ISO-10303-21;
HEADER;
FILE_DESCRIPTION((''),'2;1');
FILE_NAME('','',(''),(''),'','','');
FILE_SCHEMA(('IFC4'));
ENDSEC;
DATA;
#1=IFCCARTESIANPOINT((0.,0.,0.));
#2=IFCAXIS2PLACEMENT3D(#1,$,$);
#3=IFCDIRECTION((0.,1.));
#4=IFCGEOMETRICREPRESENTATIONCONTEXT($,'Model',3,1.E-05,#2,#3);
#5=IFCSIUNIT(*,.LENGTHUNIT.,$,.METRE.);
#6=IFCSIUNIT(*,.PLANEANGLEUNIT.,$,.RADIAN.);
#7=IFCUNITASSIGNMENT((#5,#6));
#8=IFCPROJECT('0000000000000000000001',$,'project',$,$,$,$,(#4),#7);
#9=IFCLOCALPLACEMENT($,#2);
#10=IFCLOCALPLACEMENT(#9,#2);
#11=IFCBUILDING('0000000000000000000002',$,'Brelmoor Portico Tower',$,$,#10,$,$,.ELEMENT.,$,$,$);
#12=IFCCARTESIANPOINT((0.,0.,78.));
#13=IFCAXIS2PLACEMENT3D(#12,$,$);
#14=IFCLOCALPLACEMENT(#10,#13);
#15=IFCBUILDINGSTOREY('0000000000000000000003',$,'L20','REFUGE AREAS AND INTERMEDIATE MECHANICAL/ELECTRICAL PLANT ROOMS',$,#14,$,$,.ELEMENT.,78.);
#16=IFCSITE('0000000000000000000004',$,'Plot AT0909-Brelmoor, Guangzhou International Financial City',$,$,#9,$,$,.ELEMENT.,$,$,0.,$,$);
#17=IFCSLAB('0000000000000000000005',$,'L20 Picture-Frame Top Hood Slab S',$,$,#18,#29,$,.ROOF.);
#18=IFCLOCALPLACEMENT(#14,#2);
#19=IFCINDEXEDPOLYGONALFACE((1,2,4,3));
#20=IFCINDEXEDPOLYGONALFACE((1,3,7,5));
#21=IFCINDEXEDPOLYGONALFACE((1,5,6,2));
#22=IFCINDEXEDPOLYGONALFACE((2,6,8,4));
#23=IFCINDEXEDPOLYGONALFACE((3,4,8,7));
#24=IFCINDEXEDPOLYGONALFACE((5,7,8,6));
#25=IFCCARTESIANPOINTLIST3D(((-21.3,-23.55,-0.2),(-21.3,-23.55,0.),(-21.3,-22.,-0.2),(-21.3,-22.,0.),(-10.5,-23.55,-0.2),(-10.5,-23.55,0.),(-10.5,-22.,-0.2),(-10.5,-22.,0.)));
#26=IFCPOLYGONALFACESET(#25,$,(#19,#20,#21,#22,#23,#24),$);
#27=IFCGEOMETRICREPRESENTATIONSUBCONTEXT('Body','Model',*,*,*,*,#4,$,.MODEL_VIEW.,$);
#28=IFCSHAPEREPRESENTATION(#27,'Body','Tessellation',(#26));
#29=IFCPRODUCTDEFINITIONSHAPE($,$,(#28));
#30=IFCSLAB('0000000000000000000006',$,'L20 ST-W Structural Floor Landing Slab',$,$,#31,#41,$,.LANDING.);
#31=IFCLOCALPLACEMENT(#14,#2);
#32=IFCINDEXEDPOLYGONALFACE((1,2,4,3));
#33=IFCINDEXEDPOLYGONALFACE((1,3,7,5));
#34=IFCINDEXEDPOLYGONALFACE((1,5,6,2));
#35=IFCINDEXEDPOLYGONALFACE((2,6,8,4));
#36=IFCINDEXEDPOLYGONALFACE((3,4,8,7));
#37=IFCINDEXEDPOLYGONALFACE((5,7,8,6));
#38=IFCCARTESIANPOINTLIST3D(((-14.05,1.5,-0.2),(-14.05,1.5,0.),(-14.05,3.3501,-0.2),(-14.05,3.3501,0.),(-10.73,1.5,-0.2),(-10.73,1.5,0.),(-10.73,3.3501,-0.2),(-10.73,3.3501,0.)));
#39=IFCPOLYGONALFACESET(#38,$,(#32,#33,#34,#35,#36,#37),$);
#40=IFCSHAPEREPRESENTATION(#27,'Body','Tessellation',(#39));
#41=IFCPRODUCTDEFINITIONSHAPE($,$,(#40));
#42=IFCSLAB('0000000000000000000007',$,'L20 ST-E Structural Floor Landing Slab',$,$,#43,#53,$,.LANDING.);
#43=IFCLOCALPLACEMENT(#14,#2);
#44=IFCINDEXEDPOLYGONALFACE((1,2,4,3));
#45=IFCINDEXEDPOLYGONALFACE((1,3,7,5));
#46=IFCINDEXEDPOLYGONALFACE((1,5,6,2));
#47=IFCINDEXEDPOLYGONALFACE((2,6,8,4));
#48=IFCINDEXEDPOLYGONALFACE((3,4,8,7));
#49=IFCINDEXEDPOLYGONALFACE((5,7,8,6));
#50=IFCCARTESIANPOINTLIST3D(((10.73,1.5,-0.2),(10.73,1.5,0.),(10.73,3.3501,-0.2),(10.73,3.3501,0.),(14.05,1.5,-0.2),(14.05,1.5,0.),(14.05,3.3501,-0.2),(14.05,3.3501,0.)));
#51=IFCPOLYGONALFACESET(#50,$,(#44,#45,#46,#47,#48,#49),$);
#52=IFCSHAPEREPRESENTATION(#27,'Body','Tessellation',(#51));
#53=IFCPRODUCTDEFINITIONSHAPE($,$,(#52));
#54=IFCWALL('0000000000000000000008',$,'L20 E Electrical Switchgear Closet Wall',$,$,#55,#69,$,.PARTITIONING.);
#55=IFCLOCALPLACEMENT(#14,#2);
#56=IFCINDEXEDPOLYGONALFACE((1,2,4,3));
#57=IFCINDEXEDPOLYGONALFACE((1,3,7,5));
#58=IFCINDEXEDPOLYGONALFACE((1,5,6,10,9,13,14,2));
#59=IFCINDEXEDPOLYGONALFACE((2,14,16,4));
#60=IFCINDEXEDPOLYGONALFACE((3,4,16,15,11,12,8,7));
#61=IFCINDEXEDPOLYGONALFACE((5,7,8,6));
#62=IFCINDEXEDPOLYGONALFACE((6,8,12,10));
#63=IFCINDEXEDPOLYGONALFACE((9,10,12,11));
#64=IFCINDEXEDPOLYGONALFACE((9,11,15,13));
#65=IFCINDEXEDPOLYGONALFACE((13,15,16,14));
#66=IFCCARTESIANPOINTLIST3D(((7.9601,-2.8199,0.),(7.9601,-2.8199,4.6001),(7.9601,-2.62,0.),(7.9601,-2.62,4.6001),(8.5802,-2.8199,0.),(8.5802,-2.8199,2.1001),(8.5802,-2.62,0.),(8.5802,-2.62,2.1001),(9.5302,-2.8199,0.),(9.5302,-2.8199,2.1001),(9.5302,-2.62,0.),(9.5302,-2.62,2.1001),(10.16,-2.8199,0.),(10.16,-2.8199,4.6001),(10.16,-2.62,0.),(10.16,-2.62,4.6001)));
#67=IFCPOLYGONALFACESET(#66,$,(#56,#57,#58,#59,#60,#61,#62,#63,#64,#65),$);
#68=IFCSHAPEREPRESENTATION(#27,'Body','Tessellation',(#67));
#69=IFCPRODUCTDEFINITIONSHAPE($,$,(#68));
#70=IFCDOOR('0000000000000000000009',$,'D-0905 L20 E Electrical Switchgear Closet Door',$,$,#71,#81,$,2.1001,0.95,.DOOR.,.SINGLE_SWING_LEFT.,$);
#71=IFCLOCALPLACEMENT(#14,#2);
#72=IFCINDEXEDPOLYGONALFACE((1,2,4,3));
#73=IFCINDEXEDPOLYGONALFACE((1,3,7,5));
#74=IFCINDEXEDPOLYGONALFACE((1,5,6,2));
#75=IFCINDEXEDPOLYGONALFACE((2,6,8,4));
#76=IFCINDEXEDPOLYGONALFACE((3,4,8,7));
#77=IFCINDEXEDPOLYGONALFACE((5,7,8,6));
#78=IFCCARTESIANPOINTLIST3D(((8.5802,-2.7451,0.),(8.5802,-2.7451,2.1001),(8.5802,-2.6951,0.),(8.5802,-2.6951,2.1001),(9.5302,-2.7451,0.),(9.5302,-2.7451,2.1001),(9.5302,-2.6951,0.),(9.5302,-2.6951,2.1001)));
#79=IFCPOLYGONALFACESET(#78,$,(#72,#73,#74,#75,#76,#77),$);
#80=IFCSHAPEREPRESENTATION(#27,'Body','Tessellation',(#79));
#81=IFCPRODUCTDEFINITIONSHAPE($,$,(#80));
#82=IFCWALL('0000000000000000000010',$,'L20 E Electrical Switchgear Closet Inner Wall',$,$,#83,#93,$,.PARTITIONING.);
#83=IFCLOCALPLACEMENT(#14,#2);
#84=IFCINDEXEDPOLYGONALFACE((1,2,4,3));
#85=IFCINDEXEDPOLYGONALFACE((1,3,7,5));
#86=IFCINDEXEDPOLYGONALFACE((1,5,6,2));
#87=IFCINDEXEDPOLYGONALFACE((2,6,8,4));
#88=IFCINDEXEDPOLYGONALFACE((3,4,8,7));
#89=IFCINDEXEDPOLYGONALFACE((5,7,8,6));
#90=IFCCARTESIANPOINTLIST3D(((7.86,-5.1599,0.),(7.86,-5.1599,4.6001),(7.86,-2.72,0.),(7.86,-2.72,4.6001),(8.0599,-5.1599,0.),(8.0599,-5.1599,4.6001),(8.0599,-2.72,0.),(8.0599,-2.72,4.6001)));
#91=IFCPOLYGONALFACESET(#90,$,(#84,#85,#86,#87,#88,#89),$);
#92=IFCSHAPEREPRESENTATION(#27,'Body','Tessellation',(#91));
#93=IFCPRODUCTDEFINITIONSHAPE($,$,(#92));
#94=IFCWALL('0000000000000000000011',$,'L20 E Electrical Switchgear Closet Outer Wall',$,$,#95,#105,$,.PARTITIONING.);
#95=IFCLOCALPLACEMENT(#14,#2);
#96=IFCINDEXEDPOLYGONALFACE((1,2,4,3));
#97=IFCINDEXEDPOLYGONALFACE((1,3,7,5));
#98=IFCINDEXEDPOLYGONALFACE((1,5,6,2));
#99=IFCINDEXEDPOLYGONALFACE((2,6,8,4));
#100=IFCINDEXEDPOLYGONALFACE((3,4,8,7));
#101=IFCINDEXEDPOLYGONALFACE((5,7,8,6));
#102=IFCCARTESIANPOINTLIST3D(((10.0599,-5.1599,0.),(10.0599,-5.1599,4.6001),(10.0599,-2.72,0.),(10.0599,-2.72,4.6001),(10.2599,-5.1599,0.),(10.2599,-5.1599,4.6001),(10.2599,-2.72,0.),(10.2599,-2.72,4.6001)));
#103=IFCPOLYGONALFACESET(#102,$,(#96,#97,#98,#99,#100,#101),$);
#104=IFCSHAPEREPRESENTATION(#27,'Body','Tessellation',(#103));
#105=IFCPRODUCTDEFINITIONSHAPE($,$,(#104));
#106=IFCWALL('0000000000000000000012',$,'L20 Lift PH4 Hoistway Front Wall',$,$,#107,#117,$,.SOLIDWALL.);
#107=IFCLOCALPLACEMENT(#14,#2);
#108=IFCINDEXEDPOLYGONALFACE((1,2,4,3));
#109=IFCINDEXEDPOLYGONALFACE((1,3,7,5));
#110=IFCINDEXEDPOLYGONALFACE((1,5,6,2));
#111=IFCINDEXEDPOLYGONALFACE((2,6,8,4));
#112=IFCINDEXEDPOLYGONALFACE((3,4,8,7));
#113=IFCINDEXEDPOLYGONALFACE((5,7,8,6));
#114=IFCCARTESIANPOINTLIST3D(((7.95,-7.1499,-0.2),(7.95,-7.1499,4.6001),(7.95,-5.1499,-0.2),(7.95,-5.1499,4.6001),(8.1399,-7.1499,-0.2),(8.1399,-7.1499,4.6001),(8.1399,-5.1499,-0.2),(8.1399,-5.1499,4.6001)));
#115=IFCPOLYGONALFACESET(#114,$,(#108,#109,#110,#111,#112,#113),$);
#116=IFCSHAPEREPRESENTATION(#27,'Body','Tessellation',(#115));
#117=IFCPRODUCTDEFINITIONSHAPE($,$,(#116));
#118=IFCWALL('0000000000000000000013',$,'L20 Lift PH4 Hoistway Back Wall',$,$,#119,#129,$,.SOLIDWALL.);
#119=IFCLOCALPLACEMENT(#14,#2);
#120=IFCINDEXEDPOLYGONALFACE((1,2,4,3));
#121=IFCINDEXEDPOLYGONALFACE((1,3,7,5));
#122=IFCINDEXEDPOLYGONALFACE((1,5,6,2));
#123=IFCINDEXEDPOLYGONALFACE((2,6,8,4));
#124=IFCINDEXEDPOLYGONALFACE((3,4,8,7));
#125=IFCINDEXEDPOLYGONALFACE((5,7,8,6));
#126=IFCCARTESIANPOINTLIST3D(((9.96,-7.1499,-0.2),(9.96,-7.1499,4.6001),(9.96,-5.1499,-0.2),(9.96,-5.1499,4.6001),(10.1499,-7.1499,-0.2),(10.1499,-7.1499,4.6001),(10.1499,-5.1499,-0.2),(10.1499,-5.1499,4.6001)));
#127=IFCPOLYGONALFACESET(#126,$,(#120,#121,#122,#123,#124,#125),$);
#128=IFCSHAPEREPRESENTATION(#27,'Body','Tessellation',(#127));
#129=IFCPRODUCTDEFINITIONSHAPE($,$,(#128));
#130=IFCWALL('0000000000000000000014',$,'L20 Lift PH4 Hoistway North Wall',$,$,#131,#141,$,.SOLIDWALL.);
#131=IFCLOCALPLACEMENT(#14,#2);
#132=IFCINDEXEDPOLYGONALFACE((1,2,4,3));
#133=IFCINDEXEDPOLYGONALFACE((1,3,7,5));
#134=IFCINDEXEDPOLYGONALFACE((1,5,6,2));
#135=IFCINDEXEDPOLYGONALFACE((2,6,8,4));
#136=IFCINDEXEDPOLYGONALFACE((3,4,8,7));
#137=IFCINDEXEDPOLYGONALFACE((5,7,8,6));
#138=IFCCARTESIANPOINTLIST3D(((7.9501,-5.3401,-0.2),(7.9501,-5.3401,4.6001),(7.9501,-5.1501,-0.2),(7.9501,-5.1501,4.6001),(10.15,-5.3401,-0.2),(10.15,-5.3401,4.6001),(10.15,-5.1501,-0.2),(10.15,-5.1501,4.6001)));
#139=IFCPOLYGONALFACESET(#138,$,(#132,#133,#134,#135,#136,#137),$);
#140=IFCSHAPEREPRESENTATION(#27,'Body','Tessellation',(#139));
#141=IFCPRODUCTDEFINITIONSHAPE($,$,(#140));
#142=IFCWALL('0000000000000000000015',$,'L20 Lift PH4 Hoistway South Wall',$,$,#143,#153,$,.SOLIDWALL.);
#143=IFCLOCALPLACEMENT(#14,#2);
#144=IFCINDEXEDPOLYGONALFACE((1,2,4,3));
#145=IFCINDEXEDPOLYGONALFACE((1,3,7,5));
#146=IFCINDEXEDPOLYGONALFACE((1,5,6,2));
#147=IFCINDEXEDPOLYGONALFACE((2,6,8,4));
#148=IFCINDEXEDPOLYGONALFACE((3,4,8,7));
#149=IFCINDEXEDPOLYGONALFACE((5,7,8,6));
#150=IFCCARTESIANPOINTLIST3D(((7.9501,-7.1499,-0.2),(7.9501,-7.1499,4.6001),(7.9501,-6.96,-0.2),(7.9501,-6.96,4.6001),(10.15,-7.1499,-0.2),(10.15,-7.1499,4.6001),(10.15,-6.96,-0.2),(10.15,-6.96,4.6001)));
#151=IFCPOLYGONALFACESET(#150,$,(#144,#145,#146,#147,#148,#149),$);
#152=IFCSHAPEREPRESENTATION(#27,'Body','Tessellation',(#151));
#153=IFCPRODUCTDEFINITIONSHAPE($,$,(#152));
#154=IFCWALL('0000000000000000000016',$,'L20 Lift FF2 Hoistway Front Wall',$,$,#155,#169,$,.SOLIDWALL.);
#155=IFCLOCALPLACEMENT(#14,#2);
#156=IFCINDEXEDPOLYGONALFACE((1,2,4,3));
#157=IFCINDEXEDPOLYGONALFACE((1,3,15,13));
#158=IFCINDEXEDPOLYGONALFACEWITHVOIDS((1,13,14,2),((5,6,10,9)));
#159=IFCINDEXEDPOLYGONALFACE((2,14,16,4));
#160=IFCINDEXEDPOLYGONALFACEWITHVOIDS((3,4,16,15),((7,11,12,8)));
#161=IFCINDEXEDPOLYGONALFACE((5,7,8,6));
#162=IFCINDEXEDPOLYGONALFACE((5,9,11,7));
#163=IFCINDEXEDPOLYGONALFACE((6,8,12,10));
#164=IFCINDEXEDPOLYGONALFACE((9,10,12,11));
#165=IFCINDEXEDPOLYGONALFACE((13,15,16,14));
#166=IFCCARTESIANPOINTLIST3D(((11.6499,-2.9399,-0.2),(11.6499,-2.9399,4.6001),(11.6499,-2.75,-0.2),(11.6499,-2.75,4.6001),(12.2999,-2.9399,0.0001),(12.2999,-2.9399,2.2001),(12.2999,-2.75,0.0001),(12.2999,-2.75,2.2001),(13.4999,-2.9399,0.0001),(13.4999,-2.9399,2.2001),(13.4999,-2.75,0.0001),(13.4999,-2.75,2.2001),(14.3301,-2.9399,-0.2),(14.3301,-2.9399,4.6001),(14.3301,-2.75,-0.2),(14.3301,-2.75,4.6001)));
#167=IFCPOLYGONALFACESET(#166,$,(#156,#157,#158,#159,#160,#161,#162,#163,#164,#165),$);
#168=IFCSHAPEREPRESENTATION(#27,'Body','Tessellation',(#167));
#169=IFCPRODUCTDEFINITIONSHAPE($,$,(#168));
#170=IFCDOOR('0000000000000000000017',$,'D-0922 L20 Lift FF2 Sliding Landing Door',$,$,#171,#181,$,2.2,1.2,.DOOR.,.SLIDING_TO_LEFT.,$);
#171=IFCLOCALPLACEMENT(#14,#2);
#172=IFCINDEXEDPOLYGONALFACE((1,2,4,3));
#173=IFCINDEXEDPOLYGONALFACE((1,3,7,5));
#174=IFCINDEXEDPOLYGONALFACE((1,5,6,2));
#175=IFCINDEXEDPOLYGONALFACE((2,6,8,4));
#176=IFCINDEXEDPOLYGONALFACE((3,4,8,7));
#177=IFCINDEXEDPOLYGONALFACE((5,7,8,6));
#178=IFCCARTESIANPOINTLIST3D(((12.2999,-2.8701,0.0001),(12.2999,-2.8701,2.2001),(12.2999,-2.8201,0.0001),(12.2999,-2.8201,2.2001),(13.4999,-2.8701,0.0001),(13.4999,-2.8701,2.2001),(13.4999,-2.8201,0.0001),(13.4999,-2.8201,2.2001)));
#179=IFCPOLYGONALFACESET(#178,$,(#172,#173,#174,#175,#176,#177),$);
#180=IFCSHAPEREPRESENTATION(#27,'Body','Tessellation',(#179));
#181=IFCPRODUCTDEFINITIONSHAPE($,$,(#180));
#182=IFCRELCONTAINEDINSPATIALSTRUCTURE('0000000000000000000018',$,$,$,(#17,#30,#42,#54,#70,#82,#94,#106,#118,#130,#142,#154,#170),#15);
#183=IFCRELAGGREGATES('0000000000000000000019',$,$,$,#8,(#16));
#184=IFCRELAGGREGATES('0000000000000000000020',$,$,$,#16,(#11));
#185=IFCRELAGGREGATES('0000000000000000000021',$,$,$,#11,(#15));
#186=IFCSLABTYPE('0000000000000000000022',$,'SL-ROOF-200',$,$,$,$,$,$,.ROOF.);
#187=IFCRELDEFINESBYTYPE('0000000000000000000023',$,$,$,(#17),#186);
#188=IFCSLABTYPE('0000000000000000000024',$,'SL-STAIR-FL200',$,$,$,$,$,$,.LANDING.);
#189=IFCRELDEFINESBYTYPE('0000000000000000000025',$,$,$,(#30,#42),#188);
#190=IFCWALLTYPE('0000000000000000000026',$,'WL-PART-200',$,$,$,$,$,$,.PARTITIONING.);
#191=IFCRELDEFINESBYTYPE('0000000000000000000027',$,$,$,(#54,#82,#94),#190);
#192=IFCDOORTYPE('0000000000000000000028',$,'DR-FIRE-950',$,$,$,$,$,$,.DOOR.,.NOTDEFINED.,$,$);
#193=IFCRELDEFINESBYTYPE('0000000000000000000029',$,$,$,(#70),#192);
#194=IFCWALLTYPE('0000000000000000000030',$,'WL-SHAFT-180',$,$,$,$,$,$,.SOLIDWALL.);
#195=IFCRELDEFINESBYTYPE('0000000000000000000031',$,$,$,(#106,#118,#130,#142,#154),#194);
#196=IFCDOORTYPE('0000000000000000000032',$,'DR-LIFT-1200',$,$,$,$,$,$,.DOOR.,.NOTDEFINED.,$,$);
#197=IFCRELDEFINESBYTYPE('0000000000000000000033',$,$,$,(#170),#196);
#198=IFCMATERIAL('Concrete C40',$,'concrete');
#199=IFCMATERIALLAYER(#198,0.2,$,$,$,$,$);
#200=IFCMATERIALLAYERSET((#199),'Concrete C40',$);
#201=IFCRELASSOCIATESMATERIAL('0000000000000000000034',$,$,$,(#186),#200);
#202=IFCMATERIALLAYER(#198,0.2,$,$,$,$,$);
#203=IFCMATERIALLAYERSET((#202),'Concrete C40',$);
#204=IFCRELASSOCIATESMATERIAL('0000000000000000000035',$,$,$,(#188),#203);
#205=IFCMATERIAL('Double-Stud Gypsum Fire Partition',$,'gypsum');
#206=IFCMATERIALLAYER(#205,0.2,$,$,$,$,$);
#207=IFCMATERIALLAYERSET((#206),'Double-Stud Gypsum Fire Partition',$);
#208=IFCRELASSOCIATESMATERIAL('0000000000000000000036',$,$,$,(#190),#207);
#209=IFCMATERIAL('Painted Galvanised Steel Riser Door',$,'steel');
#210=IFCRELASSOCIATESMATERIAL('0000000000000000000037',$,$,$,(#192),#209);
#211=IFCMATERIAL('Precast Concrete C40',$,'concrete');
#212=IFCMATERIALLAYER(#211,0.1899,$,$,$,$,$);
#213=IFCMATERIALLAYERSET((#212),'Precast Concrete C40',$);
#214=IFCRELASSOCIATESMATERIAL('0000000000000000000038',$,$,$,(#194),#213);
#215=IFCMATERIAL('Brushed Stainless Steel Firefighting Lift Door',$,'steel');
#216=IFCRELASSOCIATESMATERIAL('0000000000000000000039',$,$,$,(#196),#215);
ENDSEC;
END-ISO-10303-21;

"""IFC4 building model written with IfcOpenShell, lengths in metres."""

from ifc_helpers import new_model, si_unit, direction, frame, frame_2d, origin, place, context, subcontext, project, spatial, polyline, rectangle, outline, extrude, material, layer, layer_set, type_object, element, fill, save


model = new_model("IFC4")

# Units and contexts
model_context = context("Model", 3, precision=1e-05, world=origin(), true_north=direction((0.0, 1.0)))
body_context = subcontext(model_context, "Body", "Model", "MODEL_VIEW")
ifc_project = project(units=[si_unit("LENGTHUNIT", "METRE"), si_unit("PLANEANGLEUNIT", "RADIAN")], contexts=[model_context])

# Site, building, storey
site_placement = place(None, origin())
site = spatial("IfcSite", under=ifc_project, at=site_placement, Name="Plot AT0909-Brelmoor, Guangzhou International Financial City", CompositionType="ELEMENT", RefElevation=0.0)
building_placement = place(site_placement, origin())
building = spatial("IfcBuilding", under=site, at=building_placement, Name="Brelmoor Portico Tower", CompositionType="ELEMENT")
storey_placement = place(building_placement, frame((0.0, 0.0, 78.0)))
storey = spatial("IfcBuildingStorey", under=building, at=storey_placement, Name="L20", Description="REFUGE AREAS AND INTERMEDIATE MECHANICAL/ELECTRICAL PLANT ROOMS", CompositionType="ELEMENT", Elevation=78.0)

# Shared definitions
ifc_material_1 = material(Name="Concrete C40", Category="concrete")

# Slabs
ifc_layer_1 = layer(ifc_material_1, 0.2)
ifc_layer_set_1 = layer_set([ifc_layer_1], Name="Concrete C40")
slab_type_1 = type_object("IfcSlabType", Name="SL-ROOF-200", PredefinedType="ROOF", material=ifc_layer_set_1)
slab_1_placement = place(storey_placement, frame((0.0, 0.0, -0.2)))
element("IfcSlab", 1, at=slab_1_placement, inside=storey, type_object=slab_type_1, Name="L20 Picture-Frame Top Hood Slab S", PredefinedType="ROOF", context=body_context, shape_type="SweptSolid", body=[
    extrude(outline(polyline([(-21.3, -23.55), (-10.5, -23.55), (-10.5, -22.0), (-21.3, -22.0), (-21.3, -23.55)])), origin(), (0.0, 0.0, 1.0), 0.2),
])
ifc_layer_2 = layer(ifc_material_1, 0.2)
ifc_layer_set_2 = layer_set([ifc_layer_2], Name="Concrete C40")
slab_type_2 = type_object("IfcSlabType", Name="SL-STAIR-FL200", PredefinedType="LANDING", material=ifc_layer_set_2)
slab_2_placement = place(storey_placement, frame((0.0, 0.0, -0.2)))
element("IfcSlab", 2, at=slab_2_placement, inside=storey, type_object=slab_type_2, Name="L20 ST-W Structural Floor Landing Slab", PredefinedType="LANDING", context=body_context, shape_type="SweptSolid", body=[
    extrude(outline(polyline([(-10.73, 1.5), (-10.73, 3.3501), (-14.05, 3.3501), (-14.05, 1.5), (-10.73, 1.5)])), origin(), (0.0, 0.0, 1.0), 0.2),
])
slab_3_placement = place(storey_placement, frame((0.0, 0.0, -0.2)))
element("IfcSlab", 3, at=slab_3_placement, inside=storey, type_object=slab_type_2, Name="L20 ST-E Structural Floor Landing Slab", PredefinedType="LANDING", context=body_context, shape_type="SweptSolid", body=[
    extrude(outline(polyline([(14.05, 1.5), (14.05, 3.3501), (10.73, 3.3501), (10.73, 1.5), (14.05, 1.5)])), origin(), (0.0, 0.0, 1.0), 0.2),
])

# Wall, opening, door
ifc_material_2 = material(Name="Double-Stud Gypsum Fire Partition", Category="gypsum")
ifc_layer_3 = layer(ifc_material_2, 0.2)
ifc_layer_set_3 = layer_set([ifc_layer_3], Name="Double-Stud Gypsum Fire Partition")
wall_type_1 = type_object("IfcWallType", Name="WL-PART-200", PredefinedType="PARTITIONING", material=ifc_layer_set_3)
wall_1_placement = place(storey_placement, frame((7.96, -2.72, 0.0), z_axis=(0.0, 0.0, 1.0), x_axis=(1.0, 0.0, 0.0)))
wall_1 = element("IfcWall", 4, at=wall_1_placement, inside=storey, type_object=wall_type_1, Name="L20 E Electrical Switchgear Closet Wall", PredefinedType="PARTITIONING", context=body_context, shape_type="SweptSolid", body=[
    extrude(rectangle(XDim=2.2, YDim=0.2, at=frame_2d((1.1001, 0.0))), origin(), (0.0, 0.0, 1.0), 4.6001),
])
opening_1_placement = place(wall_1_placement, frame((0.6201, 0.0, 0.0)))
opening_1 = element("IfcOpeningElement", 5, at=opening_1_placement, cuts=wall_1, PredefinedType="OPENING", context=body_context, shape_type="SweptSolid", body=[
    extrude(rectangle(XDim=0.95, YDim=2.1001, at=frame_2d((0.4751, 1.05))), frame((0.0, 0.1099, 0.0), z_axis=(0.0, -1.0, 0.0), x_axis=(1.0, 0.0, 0.0)), (0.0, 0.0, 1.0), 0.22),
])
ifc_material_3 = material(Name="Painted Galvanised Steel Riser Door", Category="steel")
door_type_1 = type_object("IfcDoorType", Name="DR-FIRE-950", OperationType="NOTDEFINED", PredefinedType="DOOR", material=ifc_material_3)
door_1_placement = place(opening_1_placement, origin())
door_1 = element("IfcDoor", 6, at=door_1_placement, inside=storey, type_object=door_type_1, Name="D-0905 L20 E Electrical Switchgear Closet Door", OperationType="SINGLE_SWING_LEFT", OverallHeight=2.1001, OverallWidth=0.95, PredefinedType="DOOR", context=body_context, shape_type="SweptSolid", body=[
    extrude(rectangle(XDim=0.95, YDim=2.1001, at=frame_2d((0.4751, 1.05))), frame((0.0, 0.0249, 0.0), z_axis=(0.0, -1.0, 0.0), x_axis=(1.0, 0.0, 0.0)), (0.0, 0.0, 1.0), 0.05),
])
fill(opening_1, door_1)

# Walls
for number, where, z_axis, x_axis, name in (
    (7, (7.96, -5.1599, 0.0), (0.0, 0.0, 1.0), (0.0, 1.0, 0.0), "L20 E Electrical Switchgear Closet Inner Wall"),
    (8, (10.1599, -5.1599, 0.0), (0.0, 0.0, 1.0), (0.0, 1.0, 0.0), "L20 E Electrical Switchgear Closet Outer Wall"),
):
    element("IfcWall", number, at=place(storey_placement, frame(where, z_axis=z_axis, x_axis=x_axis)), inside=storey, type_object=wall_type_1, Name=name, PredefinedType="PARTITIONING", context=body_context, shape_type="SweptSolid", body=[
        extrude(rectangle(XDim=2.4399, YDim=0.2, at=frame_2d((1.22, 0.0))), origin(), (0.0, 0.0, 1.0), 4.6001),
    ])
ifc_material_4 = material(Name="Precast Concrete C40", Category="concrete")
ifc_layer_4 = layer(ifc_material_4, 0.1899)
ifc_layer_set_4 = layer_set([ifc_layer_4], Name="Precast Concrete C40")
wall_type_2 = type_object("IfcWallType", Name="WL-SHAFT-180", PredefinedType="SOLIDWALL", material=ifc_layer_set_4)
for number, where, z_axis, x_axis, name in (
    (9, (8.0449, -7.1499, -0.2), (0.0, 0.0, 1.0), (0.0, 1.0, 0.0), "L20 Lift PH4 Hoistway Front Wall"),
    (10, (10.0549, -7.1499, -0.2), (0.0, 0.0, 1.0), (0.0, 1.0, 0.0), "L20 Lift PH4 Hoistway Back Wall"),
):
    element("IfcWall", number, at=place(storey_placement, frame(where, z_axis=z_axis, x_axis=x_axis)), inside=storey, type_object=wall_type_2, Name=name, PredefinedType="SOLIDWALL", context=body_context, shape_type="SweptSolid", body=[
        extrude(rectangle(XDim=2.0, YDim=0.1899, at=frame_2d((1.0, 0.0))), origin(), (0.0, 0.0, 1.0), 4.8),
    ])
for number, where, z_axis, x_axis, name in (
    (11, (7.95, -5.2451, -0.2), (0.0, 0.0, 1.0), (1.0, 0.0, 0.0), "L20 Lift PH4 Hoistway North Wall"),
    (12, (7.95, -7.0549, -0.2), (0.0, 0.0, 1.0), (1.0, 0.0, 0.0), "L20 Lift PH4 Hoistway South Wall"),
):
    element("IfcWall", number, at=place(storey_placement, frame(where, z_axis=z_axis, x_axis=x_axis)), inside=storey, type_object=wall_type_2, Name=name, PredefinedType="SOLIDWALL", context=body_context, shape_type="SweptSolid", body=[
        extrude(rectangle(XDim=2.2, YDim=0.1899, at=frame_2d((1.1001, 0.0))), origin(), (0.0, 0.0, 1.0), 4.8),
    ])

# Wall, opening, door
wall_2_placement = place(storey_placement, frame((11.6499, -2.845, -0.2), z_axis=(0.0, 0.0, 1.0), x_axis=(1.0, 0.0, 0.0)))
wall_2 = element("IfcWall", 13, at=wall_2_placement, inside=storey, type_object=wall_type_2, Name="L20 Lift FF2 Hoistway Front Wall", PredefinedType="SOLIDWALL", context=body_context, shape_type="SweptSolid", body=[
    extrude(rectangle(XDim=2.6802, YDim=0.1899, at=frame_2d((1.3401, 0.0))), origin(), (0.0, 0.0, 1.0), 4.8),
])
opening_2_placement = place(wall_2_placement, frame((0.6499, 0.0, 0.2)))
opening_2 = element("IfcOpeningElement", 14, at=opening_2_placement, cuts=wall_2, PredefinedType="OPENING", context=body_context, shape_type="SweptSolid", body=[
    extrude(rectangle(XDim=1.2, YDim=2.2, at=frame_2d((0.6001, 1.1001))), frame((0.0, 0.105, 0.0), z_axis=(0.0, -1.0, 0.0), x_axis=(1.0, 0.0, 0.0)), (0.0, 0.0, 1.0), 0.21),
])
ifc_material_5 = material(Name="Brushed Stainless Steel Firefighting Lift Door", Category="steel")
door_type_2 = type_object("IfcDoorType", Name="DR-LIFT-1200", OperationType="NOTDEFINED", PredefinedType="DOOR", material=ifc_material_5)
door_2_placement = place(opening_2_placement, origin())
door_2 = element("IfcDoor", 15, at=door_2_placement, inside=storey, type_object=door_type_2, Name="D-0922 L20 Lift FF2 Sliding Landing Door", OperationType="SLIDING_TO_LEFT", OverallHeight=2.2, OverallWidth=1.2, PredefinedType="DOOR", context=body_context, shape_type="SweptSolid", body=[
    extrude(rectangle(XDim=1.2, YDim=2.2, at=frame_2d((0.6001, 1.1001))), frame((0.0, 0.0249, 0.0), z_axis=(0.0, -1.0, 0.0), x_axis=(1.0, 0.0, 0.0)), (0.0, 0.0, 1.0), 0.05),
])
fill(opening_2, door_2)

save(model, "model.ifc")
